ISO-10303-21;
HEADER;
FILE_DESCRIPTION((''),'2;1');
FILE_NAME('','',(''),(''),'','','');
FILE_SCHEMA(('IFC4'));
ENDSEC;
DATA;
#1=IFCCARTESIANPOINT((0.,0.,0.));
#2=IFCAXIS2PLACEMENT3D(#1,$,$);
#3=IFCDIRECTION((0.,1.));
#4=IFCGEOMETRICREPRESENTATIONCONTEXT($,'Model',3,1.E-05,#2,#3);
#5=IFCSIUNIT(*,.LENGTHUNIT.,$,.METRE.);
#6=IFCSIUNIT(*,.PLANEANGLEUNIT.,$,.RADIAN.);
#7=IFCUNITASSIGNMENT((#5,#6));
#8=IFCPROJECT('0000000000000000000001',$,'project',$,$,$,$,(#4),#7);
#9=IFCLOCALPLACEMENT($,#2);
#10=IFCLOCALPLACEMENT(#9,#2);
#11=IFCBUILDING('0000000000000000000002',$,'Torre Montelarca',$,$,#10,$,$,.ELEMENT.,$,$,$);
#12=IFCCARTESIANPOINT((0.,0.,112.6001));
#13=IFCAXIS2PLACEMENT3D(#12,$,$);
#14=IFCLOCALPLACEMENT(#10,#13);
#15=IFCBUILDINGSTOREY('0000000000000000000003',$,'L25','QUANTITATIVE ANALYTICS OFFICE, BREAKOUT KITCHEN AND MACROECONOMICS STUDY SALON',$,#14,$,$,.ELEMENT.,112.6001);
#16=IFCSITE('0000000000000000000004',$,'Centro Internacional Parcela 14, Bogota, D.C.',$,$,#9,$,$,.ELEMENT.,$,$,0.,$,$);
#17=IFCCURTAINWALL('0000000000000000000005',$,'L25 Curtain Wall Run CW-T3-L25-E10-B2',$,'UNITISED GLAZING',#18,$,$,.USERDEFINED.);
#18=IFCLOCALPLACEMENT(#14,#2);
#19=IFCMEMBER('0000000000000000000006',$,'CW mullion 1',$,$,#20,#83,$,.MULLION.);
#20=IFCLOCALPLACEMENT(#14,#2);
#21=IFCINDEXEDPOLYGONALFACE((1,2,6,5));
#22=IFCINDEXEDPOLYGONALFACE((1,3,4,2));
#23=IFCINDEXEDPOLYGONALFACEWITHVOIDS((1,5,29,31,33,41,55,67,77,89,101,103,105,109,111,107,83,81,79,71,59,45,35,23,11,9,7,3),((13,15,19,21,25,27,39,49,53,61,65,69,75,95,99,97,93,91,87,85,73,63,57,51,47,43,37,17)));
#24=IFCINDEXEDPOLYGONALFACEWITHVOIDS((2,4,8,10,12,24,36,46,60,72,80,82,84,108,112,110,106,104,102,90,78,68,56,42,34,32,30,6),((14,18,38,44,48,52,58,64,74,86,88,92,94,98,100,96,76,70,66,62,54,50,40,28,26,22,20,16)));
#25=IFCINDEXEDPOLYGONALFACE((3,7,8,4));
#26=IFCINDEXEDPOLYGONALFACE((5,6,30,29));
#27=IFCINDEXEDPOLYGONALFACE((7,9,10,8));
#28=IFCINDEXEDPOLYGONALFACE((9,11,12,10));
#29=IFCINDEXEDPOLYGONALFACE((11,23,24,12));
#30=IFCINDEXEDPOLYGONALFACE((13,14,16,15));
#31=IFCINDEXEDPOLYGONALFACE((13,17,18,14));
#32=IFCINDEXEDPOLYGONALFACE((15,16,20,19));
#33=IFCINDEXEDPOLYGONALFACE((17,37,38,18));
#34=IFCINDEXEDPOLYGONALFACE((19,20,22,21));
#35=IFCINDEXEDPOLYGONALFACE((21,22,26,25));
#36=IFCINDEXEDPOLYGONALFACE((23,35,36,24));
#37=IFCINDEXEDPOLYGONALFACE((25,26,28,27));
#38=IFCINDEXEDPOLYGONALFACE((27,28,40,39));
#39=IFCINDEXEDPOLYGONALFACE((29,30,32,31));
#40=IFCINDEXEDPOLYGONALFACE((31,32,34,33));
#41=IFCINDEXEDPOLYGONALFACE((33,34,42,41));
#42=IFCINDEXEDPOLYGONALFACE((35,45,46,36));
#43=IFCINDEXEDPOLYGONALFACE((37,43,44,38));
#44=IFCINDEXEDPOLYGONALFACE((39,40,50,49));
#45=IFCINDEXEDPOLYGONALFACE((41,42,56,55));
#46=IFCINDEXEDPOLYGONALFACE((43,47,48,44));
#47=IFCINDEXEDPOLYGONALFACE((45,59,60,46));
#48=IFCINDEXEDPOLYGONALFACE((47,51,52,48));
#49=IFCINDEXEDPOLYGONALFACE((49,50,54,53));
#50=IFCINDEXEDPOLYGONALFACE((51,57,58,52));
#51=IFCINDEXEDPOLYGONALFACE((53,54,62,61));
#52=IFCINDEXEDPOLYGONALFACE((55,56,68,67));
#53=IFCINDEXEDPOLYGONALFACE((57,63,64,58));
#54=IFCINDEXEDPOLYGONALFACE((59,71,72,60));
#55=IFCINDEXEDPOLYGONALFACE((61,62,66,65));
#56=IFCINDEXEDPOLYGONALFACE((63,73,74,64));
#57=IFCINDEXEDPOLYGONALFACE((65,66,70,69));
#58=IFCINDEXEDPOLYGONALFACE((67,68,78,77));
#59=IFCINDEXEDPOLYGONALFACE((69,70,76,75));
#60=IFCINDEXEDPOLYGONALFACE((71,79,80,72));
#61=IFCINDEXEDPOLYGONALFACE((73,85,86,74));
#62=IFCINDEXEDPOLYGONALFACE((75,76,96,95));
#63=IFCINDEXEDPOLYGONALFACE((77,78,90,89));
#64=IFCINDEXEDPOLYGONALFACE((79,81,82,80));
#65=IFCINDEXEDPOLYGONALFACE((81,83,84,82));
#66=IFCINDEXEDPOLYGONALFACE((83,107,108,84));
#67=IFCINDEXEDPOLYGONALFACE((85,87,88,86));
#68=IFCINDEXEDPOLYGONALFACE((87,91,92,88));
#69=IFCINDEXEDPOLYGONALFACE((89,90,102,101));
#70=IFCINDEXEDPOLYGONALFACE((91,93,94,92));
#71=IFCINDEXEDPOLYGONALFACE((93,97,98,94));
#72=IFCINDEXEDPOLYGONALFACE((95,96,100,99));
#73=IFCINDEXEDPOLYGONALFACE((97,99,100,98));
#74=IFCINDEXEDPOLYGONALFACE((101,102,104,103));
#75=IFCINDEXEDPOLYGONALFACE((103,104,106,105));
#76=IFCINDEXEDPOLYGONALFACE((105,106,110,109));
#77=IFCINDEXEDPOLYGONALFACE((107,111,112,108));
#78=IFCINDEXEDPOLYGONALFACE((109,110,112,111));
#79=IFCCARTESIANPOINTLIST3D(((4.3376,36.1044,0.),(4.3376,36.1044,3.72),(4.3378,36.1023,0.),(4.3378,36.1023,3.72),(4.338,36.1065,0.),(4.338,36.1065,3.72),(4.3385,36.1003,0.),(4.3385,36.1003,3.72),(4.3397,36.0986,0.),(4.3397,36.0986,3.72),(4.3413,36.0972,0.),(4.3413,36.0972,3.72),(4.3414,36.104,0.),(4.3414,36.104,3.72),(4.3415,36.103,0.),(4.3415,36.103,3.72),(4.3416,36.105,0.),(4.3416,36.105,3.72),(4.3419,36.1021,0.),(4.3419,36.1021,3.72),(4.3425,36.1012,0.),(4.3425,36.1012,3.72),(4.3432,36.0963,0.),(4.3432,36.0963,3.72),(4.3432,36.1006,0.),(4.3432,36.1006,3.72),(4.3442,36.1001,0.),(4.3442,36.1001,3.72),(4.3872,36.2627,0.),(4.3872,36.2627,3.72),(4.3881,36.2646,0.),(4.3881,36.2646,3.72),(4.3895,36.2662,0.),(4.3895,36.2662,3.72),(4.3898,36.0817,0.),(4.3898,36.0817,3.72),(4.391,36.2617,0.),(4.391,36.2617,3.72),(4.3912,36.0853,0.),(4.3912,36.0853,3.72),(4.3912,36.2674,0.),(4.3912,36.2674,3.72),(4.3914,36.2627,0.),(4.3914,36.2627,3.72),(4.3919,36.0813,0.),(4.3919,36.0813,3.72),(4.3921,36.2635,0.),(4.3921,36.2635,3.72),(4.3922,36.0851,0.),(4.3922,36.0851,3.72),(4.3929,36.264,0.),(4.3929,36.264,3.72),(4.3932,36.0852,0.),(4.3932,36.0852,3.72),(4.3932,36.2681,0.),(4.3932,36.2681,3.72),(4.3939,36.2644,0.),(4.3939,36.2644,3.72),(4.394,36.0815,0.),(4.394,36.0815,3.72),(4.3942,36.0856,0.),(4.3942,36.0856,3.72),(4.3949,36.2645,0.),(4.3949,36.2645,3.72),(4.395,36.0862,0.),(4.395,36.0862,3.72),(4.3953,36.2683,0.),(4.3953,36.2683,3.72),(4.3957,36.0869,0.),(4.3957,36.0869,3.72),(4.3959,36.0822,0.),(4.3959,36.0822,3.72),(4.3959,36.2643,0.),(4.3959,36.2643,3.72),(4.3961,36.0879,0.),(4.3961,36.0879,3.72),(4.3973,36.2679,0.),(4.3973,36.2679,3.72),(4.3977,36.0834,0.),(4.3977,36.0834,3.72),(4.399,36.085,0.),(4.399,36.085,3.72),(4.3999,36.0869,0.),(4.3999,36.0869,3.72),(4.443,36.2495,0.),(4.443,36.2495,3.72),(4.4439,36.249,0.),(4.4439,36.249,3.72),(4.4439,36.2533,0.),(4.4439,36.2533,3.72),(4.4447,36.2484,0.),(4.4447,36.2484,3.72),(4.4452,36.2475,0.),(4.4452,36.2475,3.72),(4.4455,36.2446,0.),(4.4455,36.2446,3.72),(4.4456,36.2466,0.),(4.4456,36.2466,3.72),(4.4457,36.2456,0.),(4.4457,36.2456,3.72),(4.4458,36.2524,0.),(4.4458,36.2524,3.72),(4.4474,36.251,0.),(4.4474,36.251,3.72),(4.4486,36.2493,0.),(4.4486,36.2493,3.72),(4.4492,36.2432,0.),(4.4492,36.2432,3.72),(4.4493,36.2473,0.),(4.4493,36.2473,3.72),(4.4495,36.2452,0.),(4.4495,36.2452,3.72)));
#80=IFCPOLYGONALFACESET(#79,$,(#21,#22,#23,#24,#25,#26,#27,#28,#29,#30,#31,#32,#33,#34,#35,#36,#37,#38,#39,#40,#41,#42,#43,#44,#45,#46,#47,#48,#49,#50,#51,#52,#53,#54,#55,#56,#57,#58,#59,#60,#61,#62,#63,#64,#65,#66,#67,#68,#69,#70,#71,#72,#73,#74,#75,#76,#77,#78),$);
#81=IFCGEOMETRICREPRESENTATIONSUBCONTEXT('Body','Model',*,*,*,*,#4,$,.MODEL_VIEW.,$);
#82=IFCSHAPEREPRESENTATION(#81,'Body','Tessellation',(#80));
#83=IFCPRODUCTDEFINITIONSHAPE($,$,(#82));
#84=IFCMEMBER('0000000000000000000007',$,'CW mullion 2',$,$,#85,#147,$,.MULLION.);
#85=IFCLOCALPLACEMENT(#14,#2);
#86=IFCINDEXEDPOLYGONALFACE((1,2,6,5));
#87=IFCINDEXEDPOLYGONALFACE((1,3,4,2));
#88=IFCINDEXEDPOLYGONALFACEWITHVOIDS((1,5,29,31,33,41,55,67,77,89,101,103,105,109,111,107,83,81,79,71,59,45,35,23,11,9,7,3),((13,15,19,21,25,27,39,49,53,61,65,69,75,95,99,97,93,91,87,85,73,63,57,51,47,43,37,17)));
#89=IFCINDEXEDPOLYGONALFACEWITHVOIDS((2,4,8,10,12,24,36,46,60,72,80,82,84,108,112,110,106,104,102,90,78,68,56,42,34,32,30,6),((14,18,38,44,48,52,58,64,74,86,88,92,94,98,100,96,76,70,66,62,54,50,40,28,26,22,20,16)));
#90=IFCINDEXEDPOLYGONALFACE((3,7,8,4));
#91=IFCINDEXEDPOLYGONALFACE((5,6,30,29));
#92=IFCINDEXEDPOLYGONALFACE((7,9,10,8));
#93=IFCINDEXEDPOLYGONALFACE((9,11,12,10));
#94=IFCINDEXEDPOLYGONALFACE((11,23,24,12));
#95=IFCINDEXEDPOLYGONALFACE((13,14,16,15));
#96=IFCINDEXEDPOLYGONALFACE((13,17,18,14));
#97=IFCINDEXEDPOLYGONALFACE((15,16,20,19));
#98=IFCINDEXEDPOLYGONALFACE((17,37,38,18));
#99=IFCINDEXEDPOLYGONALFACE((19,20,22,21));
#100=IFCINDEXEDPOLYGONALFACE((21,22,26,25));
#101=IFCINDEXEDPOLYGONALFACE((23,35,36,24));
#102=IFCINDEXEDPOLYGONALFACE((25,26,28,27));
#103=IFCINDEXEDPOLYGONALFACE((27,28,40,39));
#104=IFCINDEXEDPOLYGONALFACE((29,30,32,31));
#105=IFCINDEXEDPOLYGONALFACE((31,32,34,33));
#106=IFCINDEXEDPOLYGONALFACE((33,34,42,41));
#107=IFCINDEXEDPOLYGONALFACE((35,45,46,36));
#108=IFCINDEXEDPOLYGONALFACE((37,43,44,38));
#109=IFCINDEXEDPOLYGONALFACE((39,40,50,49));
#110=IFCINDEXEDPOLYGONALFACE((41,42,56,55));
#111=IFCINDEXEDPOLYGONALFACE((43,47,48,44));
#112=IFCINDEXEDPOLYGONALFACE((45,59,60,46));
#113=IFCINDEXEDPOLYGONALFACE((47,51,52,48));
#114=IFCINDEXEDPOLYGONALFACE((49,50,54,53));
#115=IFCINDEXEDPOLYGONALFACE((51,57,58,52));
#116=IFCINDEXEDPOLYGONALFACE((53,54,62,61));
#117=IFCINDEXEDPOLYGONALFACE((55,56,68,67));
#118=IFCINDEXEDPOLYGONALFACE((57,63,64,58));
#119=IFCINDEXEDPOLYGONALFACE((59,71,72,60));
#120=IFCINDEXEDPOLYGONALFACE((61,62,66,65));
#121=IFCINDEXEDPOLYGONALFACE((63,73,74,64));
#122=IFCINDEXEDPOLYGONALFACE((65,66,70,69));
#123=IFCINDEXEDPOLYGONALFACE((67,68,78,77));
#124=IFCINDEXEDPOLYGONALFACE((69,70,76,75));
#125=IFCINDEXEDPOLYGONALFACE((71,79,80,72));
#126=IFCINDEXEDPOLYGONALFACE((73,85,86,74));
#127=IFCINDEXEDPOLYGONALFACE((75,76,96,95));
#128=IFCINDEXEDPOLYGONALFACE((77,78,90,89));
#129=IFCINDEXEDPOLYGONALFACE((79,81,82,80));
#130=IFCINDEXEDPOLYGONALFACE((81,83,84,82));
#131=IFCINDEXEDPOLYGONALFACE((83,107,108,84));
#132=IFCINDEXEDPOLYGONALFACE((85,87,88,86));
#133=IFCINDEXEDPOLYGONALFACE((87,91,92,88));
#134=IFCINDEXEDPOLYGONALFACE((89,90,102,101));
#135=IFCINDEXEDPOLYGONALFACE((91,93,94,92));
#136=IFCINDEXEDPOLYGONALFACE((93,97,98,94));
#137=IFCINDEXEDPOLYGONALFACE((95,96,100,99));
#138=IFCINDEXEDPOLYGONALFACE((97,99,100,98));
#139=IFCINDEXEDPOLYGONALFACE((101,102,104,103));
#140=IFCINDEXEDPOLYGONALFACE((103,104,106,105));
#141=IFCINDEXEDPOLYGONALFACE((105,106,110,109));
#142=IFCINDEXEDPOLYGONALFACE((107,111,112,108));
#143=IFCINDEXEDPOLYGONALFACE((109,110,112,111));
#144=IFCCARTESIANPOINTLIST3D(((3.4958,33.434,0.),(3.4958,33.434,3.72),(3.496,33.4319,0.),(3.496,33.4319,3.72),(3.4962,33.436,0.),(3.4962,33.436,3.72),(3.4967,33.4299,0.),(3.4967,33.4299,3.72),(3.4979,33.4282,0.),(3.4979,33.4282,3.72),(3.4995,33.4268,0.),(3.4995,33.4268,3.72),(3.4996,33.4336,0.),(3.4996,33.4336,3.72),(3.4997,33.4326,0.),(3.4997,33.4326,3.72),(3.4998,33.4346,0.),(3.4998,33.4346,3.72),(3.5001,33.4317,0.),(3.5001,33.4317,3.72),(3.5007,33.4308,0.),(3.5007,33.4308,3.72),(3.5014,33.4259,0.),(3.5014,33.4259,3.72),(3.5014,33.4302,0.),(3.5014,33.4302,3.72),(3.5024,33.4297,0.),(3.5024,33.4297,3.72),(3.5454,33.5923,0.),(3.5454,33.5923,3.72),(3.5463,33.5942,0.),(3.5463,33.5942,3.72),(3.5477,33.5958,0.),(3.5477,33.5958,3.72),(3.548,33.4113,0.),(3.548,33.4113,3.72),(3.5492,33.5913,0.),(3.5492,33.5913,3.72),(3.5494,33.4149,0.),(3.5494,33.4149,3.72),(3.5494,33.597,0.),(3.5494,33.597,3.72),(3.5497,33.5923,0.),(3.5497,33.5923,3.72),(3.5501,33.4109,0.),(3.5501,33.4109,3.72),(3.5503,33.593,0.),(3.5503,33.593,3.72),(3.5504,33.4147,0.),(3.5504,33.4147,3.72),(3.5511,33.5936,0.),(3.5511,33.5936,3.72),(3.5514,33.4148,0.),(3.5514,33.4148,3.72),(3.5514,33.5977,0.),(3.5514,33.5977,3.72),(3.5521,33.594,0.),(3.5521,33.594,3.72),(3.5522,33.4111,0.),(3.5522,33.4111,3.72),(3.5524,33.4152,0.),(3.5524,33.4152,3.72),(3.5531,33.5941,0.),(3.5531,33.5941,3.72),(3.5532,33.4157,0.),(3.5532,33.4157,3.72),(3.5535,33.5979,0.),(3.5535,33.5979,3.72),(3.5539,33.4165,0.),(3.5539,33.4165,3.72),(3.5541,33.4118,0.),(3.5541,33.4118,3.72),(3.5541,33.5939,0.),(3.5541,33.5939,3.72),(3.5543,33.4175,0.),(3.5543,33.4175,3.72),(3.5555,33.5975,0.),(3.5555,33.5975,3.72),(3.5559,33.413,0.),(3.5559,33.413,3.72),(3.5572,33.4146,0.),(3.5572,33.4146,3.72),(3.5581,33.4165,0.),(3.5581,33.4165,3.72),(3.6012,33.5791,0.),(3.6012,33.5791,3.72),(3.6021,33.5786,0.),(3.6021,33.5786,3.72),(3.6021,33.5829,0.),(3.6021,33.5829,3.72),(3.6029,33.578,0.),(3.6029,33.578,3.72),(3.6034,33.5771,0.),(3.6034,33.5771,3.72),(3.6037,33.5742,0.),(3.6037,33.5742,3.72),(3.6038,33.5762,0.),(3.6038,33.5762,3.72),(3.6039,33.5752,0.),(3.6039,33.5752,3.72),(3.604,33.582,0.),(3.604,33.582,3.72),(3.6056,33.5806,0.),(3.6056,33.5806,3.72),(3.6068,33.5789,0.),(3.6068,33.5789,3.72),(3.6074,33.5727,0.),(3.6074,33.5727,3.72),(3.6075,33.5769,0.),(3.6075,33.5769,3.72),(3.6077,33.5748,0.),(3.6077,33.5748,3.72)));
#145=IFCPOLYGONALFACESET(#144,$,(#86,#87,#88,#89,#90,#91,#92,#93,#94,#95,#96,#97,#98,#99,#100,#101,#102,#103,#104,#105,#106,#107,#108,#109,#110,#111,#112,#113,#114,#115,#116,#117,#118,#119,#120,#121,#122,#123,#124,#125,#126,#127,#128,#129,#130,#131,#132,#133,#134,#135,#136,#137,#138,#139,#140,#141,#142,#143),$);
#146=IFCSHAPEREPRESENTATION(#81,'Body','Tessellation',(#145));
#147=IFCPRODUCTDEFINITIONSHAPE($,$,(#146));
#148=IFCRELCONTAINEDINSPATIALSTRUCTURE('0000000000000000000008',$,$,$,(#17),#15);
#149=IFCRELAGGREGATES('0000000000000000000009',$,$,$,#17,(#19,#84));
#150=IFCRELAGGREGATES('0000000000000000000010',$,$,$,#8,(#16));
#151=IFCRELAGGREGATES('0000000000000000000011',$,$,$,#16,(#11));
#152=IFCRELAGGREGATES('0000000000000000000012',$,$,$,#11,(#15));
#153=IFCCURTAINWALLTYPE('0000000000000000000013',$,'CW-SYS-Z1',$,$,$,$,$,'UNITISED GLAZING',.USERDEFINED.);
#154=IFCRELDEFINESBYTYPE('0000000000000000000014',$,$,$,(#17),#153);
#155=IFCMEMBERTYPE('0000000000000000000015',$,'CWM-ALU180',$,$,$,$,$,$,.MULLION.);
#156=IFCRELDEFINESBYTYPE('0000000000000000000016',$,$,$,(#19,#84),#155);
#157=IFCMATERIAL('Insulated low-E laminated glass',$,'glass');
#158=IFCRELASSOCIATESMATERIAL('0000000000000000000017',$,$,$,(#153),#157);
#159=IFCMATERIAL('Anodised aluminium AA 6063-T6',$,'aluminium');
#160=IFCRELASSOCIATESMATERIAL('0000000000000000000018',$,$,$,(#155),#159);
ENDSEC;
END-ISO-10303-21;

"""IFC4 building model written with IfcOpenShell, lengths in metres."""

from ifc_helpers import new_model, si_unit, direction, frame, origin, origin_2d, place, context, subcontext, project, spatial, hollow_rectangle, extrude, source, transform, mapped, material, material_profile, profile_set, type_object, element, aggregate, save


model = new_model("IFC4")

# Units and contexts
model_context = context("Model", 3, precision=1e-05, world=origin(), true_north=direction((0.0, 1.0)))
body_context = subcontext(model_context, "Body", "Model", "MODEL_VIEW")
ifc_project = project(units=[si_unit("LENGTHUNIT", "METRE"), si_unit("PLANEANGLEUNIT", "RADIAN")], contexts=[model_context])

# Site, building, storey
site_placement = place(None, origin())
site = spatial("IfcSite", under=ifc_project, at=site_placement, Name="Centro Internacional Parcela 14, Bogota, D.C.", CompositionType="ELEMENT", RefElevation=0.0)
building_placement = place(site_placement, origin())
building = spatial("IfcBuilding", under=site, at=building_placement, Name="Torre Montelarca", CompositionType="ELEMENT")
storey_placement = place(building_placement, frame((0.0, 0.0, 112.6001)))
storey = spatial("IfcBuildingStorey", under=building, at=storey_placement, Name="L25", Description="QUANTITATIVE ANALYTICS OFFICE, BREAKOUT KITCHEN AND MACROECONOMICS STUDY SALON", CompositionType="ELEMENT", Elevation=112.6001)

# Curtain wall
ifc_material_1 = material(Name="Insulated low-E laminated glass", Category="glass")
curtain_wall_type = type_object("IfcCurtainWallType", Name="CW-SYS-Z1", ElementType="UNITISED GLAZING", PredefinedType="USERDEFINED", material=ifc_material_1)
curtain_wall_1_placement = place(storey_placement, origin())
curtain_wall_1 = element("IfcCurtainWall", 1, at=curtain_wall_1_placement, inside=storey, type_object=curtain_wall_type, Name="L25 Curtain Wall Run CW-T3-L25-E10-B2", ObjectType="UNITISED GLAZING", PredefinedType="USERDEFINED")
ifc_material_2 = material(Name="Anodised aluminium AA 6063-T6", Category="aluminium")

# Members
ifc_material_profile_1 = material_profile(ifc_material_2, hollow_rectangle(XDim=0.0649, YDim=0.1799, WallThickness=0.0039, InnerFilletRadius=0.0039, OuterFilletRadius=0.0081, at=origin_2d()), Name="ALU65X180X4", Category="aluminium")
ifc_profile_set_1 = profile_set([ifc_material_profile_1], Name="Anodised aluminium AA 6063-T6")
member_type_1 = type_object("IfcMemberType", Name="CWM-ALU180", PredefinedType="MULLION", material=ifc_profile_set_1)
shared_shape_1 = source(origin(), body_context, "Body", "SweptSolid", [
    extrude(hollow_rectangle(XDim=0.0649, YDim=0.1799, WallThickness=0.0039, InnerFilletRadius=0.0039, OuterFilletRadius=0.0081, at=origin_2d()), origin(), (0.0, 0.0, 1.0), 3.72),
])
member_1_placement = place(storey_placement, frame((4.3936, 36.1748, 0.0), z_axis=(0.0, 0.0, 1.0), x_axis=(0.953717, -0.300706, 0.0)))
member_1 = element("IfcMember", 2, at=member_1_placement, type_object=member_type_1, Name="CW mullion 1", PredefinedType="MULLION", context=body_context, shape_type="MappedRepresentation", body=[
    mapped(shared_shape_1, transform((0.0, 0.0, 0.0), scale=1.0)),
])
member_2_placement = place(storey_placement, frame((3.5518, 33.5044, 0.0), z_axis=(0.0, 0.0, 1.0), x_axis=(0.953717, -0.300706, 0.0)))
member_2 = element("IfcMember", 3, at=member_2_placement, type_object=member_type_1, Name="CW mullion 2", PredefinedType="MULLION", context=body_context, shape_type="MappedRepresentation", body=[
    mapped(shared_shape_1, transform((0.0, 0.0, 0.0), scale=1.0)),
])

aggregate(curtain_wall_1, [member_1, member_2])

save(model, "model.ifc")
